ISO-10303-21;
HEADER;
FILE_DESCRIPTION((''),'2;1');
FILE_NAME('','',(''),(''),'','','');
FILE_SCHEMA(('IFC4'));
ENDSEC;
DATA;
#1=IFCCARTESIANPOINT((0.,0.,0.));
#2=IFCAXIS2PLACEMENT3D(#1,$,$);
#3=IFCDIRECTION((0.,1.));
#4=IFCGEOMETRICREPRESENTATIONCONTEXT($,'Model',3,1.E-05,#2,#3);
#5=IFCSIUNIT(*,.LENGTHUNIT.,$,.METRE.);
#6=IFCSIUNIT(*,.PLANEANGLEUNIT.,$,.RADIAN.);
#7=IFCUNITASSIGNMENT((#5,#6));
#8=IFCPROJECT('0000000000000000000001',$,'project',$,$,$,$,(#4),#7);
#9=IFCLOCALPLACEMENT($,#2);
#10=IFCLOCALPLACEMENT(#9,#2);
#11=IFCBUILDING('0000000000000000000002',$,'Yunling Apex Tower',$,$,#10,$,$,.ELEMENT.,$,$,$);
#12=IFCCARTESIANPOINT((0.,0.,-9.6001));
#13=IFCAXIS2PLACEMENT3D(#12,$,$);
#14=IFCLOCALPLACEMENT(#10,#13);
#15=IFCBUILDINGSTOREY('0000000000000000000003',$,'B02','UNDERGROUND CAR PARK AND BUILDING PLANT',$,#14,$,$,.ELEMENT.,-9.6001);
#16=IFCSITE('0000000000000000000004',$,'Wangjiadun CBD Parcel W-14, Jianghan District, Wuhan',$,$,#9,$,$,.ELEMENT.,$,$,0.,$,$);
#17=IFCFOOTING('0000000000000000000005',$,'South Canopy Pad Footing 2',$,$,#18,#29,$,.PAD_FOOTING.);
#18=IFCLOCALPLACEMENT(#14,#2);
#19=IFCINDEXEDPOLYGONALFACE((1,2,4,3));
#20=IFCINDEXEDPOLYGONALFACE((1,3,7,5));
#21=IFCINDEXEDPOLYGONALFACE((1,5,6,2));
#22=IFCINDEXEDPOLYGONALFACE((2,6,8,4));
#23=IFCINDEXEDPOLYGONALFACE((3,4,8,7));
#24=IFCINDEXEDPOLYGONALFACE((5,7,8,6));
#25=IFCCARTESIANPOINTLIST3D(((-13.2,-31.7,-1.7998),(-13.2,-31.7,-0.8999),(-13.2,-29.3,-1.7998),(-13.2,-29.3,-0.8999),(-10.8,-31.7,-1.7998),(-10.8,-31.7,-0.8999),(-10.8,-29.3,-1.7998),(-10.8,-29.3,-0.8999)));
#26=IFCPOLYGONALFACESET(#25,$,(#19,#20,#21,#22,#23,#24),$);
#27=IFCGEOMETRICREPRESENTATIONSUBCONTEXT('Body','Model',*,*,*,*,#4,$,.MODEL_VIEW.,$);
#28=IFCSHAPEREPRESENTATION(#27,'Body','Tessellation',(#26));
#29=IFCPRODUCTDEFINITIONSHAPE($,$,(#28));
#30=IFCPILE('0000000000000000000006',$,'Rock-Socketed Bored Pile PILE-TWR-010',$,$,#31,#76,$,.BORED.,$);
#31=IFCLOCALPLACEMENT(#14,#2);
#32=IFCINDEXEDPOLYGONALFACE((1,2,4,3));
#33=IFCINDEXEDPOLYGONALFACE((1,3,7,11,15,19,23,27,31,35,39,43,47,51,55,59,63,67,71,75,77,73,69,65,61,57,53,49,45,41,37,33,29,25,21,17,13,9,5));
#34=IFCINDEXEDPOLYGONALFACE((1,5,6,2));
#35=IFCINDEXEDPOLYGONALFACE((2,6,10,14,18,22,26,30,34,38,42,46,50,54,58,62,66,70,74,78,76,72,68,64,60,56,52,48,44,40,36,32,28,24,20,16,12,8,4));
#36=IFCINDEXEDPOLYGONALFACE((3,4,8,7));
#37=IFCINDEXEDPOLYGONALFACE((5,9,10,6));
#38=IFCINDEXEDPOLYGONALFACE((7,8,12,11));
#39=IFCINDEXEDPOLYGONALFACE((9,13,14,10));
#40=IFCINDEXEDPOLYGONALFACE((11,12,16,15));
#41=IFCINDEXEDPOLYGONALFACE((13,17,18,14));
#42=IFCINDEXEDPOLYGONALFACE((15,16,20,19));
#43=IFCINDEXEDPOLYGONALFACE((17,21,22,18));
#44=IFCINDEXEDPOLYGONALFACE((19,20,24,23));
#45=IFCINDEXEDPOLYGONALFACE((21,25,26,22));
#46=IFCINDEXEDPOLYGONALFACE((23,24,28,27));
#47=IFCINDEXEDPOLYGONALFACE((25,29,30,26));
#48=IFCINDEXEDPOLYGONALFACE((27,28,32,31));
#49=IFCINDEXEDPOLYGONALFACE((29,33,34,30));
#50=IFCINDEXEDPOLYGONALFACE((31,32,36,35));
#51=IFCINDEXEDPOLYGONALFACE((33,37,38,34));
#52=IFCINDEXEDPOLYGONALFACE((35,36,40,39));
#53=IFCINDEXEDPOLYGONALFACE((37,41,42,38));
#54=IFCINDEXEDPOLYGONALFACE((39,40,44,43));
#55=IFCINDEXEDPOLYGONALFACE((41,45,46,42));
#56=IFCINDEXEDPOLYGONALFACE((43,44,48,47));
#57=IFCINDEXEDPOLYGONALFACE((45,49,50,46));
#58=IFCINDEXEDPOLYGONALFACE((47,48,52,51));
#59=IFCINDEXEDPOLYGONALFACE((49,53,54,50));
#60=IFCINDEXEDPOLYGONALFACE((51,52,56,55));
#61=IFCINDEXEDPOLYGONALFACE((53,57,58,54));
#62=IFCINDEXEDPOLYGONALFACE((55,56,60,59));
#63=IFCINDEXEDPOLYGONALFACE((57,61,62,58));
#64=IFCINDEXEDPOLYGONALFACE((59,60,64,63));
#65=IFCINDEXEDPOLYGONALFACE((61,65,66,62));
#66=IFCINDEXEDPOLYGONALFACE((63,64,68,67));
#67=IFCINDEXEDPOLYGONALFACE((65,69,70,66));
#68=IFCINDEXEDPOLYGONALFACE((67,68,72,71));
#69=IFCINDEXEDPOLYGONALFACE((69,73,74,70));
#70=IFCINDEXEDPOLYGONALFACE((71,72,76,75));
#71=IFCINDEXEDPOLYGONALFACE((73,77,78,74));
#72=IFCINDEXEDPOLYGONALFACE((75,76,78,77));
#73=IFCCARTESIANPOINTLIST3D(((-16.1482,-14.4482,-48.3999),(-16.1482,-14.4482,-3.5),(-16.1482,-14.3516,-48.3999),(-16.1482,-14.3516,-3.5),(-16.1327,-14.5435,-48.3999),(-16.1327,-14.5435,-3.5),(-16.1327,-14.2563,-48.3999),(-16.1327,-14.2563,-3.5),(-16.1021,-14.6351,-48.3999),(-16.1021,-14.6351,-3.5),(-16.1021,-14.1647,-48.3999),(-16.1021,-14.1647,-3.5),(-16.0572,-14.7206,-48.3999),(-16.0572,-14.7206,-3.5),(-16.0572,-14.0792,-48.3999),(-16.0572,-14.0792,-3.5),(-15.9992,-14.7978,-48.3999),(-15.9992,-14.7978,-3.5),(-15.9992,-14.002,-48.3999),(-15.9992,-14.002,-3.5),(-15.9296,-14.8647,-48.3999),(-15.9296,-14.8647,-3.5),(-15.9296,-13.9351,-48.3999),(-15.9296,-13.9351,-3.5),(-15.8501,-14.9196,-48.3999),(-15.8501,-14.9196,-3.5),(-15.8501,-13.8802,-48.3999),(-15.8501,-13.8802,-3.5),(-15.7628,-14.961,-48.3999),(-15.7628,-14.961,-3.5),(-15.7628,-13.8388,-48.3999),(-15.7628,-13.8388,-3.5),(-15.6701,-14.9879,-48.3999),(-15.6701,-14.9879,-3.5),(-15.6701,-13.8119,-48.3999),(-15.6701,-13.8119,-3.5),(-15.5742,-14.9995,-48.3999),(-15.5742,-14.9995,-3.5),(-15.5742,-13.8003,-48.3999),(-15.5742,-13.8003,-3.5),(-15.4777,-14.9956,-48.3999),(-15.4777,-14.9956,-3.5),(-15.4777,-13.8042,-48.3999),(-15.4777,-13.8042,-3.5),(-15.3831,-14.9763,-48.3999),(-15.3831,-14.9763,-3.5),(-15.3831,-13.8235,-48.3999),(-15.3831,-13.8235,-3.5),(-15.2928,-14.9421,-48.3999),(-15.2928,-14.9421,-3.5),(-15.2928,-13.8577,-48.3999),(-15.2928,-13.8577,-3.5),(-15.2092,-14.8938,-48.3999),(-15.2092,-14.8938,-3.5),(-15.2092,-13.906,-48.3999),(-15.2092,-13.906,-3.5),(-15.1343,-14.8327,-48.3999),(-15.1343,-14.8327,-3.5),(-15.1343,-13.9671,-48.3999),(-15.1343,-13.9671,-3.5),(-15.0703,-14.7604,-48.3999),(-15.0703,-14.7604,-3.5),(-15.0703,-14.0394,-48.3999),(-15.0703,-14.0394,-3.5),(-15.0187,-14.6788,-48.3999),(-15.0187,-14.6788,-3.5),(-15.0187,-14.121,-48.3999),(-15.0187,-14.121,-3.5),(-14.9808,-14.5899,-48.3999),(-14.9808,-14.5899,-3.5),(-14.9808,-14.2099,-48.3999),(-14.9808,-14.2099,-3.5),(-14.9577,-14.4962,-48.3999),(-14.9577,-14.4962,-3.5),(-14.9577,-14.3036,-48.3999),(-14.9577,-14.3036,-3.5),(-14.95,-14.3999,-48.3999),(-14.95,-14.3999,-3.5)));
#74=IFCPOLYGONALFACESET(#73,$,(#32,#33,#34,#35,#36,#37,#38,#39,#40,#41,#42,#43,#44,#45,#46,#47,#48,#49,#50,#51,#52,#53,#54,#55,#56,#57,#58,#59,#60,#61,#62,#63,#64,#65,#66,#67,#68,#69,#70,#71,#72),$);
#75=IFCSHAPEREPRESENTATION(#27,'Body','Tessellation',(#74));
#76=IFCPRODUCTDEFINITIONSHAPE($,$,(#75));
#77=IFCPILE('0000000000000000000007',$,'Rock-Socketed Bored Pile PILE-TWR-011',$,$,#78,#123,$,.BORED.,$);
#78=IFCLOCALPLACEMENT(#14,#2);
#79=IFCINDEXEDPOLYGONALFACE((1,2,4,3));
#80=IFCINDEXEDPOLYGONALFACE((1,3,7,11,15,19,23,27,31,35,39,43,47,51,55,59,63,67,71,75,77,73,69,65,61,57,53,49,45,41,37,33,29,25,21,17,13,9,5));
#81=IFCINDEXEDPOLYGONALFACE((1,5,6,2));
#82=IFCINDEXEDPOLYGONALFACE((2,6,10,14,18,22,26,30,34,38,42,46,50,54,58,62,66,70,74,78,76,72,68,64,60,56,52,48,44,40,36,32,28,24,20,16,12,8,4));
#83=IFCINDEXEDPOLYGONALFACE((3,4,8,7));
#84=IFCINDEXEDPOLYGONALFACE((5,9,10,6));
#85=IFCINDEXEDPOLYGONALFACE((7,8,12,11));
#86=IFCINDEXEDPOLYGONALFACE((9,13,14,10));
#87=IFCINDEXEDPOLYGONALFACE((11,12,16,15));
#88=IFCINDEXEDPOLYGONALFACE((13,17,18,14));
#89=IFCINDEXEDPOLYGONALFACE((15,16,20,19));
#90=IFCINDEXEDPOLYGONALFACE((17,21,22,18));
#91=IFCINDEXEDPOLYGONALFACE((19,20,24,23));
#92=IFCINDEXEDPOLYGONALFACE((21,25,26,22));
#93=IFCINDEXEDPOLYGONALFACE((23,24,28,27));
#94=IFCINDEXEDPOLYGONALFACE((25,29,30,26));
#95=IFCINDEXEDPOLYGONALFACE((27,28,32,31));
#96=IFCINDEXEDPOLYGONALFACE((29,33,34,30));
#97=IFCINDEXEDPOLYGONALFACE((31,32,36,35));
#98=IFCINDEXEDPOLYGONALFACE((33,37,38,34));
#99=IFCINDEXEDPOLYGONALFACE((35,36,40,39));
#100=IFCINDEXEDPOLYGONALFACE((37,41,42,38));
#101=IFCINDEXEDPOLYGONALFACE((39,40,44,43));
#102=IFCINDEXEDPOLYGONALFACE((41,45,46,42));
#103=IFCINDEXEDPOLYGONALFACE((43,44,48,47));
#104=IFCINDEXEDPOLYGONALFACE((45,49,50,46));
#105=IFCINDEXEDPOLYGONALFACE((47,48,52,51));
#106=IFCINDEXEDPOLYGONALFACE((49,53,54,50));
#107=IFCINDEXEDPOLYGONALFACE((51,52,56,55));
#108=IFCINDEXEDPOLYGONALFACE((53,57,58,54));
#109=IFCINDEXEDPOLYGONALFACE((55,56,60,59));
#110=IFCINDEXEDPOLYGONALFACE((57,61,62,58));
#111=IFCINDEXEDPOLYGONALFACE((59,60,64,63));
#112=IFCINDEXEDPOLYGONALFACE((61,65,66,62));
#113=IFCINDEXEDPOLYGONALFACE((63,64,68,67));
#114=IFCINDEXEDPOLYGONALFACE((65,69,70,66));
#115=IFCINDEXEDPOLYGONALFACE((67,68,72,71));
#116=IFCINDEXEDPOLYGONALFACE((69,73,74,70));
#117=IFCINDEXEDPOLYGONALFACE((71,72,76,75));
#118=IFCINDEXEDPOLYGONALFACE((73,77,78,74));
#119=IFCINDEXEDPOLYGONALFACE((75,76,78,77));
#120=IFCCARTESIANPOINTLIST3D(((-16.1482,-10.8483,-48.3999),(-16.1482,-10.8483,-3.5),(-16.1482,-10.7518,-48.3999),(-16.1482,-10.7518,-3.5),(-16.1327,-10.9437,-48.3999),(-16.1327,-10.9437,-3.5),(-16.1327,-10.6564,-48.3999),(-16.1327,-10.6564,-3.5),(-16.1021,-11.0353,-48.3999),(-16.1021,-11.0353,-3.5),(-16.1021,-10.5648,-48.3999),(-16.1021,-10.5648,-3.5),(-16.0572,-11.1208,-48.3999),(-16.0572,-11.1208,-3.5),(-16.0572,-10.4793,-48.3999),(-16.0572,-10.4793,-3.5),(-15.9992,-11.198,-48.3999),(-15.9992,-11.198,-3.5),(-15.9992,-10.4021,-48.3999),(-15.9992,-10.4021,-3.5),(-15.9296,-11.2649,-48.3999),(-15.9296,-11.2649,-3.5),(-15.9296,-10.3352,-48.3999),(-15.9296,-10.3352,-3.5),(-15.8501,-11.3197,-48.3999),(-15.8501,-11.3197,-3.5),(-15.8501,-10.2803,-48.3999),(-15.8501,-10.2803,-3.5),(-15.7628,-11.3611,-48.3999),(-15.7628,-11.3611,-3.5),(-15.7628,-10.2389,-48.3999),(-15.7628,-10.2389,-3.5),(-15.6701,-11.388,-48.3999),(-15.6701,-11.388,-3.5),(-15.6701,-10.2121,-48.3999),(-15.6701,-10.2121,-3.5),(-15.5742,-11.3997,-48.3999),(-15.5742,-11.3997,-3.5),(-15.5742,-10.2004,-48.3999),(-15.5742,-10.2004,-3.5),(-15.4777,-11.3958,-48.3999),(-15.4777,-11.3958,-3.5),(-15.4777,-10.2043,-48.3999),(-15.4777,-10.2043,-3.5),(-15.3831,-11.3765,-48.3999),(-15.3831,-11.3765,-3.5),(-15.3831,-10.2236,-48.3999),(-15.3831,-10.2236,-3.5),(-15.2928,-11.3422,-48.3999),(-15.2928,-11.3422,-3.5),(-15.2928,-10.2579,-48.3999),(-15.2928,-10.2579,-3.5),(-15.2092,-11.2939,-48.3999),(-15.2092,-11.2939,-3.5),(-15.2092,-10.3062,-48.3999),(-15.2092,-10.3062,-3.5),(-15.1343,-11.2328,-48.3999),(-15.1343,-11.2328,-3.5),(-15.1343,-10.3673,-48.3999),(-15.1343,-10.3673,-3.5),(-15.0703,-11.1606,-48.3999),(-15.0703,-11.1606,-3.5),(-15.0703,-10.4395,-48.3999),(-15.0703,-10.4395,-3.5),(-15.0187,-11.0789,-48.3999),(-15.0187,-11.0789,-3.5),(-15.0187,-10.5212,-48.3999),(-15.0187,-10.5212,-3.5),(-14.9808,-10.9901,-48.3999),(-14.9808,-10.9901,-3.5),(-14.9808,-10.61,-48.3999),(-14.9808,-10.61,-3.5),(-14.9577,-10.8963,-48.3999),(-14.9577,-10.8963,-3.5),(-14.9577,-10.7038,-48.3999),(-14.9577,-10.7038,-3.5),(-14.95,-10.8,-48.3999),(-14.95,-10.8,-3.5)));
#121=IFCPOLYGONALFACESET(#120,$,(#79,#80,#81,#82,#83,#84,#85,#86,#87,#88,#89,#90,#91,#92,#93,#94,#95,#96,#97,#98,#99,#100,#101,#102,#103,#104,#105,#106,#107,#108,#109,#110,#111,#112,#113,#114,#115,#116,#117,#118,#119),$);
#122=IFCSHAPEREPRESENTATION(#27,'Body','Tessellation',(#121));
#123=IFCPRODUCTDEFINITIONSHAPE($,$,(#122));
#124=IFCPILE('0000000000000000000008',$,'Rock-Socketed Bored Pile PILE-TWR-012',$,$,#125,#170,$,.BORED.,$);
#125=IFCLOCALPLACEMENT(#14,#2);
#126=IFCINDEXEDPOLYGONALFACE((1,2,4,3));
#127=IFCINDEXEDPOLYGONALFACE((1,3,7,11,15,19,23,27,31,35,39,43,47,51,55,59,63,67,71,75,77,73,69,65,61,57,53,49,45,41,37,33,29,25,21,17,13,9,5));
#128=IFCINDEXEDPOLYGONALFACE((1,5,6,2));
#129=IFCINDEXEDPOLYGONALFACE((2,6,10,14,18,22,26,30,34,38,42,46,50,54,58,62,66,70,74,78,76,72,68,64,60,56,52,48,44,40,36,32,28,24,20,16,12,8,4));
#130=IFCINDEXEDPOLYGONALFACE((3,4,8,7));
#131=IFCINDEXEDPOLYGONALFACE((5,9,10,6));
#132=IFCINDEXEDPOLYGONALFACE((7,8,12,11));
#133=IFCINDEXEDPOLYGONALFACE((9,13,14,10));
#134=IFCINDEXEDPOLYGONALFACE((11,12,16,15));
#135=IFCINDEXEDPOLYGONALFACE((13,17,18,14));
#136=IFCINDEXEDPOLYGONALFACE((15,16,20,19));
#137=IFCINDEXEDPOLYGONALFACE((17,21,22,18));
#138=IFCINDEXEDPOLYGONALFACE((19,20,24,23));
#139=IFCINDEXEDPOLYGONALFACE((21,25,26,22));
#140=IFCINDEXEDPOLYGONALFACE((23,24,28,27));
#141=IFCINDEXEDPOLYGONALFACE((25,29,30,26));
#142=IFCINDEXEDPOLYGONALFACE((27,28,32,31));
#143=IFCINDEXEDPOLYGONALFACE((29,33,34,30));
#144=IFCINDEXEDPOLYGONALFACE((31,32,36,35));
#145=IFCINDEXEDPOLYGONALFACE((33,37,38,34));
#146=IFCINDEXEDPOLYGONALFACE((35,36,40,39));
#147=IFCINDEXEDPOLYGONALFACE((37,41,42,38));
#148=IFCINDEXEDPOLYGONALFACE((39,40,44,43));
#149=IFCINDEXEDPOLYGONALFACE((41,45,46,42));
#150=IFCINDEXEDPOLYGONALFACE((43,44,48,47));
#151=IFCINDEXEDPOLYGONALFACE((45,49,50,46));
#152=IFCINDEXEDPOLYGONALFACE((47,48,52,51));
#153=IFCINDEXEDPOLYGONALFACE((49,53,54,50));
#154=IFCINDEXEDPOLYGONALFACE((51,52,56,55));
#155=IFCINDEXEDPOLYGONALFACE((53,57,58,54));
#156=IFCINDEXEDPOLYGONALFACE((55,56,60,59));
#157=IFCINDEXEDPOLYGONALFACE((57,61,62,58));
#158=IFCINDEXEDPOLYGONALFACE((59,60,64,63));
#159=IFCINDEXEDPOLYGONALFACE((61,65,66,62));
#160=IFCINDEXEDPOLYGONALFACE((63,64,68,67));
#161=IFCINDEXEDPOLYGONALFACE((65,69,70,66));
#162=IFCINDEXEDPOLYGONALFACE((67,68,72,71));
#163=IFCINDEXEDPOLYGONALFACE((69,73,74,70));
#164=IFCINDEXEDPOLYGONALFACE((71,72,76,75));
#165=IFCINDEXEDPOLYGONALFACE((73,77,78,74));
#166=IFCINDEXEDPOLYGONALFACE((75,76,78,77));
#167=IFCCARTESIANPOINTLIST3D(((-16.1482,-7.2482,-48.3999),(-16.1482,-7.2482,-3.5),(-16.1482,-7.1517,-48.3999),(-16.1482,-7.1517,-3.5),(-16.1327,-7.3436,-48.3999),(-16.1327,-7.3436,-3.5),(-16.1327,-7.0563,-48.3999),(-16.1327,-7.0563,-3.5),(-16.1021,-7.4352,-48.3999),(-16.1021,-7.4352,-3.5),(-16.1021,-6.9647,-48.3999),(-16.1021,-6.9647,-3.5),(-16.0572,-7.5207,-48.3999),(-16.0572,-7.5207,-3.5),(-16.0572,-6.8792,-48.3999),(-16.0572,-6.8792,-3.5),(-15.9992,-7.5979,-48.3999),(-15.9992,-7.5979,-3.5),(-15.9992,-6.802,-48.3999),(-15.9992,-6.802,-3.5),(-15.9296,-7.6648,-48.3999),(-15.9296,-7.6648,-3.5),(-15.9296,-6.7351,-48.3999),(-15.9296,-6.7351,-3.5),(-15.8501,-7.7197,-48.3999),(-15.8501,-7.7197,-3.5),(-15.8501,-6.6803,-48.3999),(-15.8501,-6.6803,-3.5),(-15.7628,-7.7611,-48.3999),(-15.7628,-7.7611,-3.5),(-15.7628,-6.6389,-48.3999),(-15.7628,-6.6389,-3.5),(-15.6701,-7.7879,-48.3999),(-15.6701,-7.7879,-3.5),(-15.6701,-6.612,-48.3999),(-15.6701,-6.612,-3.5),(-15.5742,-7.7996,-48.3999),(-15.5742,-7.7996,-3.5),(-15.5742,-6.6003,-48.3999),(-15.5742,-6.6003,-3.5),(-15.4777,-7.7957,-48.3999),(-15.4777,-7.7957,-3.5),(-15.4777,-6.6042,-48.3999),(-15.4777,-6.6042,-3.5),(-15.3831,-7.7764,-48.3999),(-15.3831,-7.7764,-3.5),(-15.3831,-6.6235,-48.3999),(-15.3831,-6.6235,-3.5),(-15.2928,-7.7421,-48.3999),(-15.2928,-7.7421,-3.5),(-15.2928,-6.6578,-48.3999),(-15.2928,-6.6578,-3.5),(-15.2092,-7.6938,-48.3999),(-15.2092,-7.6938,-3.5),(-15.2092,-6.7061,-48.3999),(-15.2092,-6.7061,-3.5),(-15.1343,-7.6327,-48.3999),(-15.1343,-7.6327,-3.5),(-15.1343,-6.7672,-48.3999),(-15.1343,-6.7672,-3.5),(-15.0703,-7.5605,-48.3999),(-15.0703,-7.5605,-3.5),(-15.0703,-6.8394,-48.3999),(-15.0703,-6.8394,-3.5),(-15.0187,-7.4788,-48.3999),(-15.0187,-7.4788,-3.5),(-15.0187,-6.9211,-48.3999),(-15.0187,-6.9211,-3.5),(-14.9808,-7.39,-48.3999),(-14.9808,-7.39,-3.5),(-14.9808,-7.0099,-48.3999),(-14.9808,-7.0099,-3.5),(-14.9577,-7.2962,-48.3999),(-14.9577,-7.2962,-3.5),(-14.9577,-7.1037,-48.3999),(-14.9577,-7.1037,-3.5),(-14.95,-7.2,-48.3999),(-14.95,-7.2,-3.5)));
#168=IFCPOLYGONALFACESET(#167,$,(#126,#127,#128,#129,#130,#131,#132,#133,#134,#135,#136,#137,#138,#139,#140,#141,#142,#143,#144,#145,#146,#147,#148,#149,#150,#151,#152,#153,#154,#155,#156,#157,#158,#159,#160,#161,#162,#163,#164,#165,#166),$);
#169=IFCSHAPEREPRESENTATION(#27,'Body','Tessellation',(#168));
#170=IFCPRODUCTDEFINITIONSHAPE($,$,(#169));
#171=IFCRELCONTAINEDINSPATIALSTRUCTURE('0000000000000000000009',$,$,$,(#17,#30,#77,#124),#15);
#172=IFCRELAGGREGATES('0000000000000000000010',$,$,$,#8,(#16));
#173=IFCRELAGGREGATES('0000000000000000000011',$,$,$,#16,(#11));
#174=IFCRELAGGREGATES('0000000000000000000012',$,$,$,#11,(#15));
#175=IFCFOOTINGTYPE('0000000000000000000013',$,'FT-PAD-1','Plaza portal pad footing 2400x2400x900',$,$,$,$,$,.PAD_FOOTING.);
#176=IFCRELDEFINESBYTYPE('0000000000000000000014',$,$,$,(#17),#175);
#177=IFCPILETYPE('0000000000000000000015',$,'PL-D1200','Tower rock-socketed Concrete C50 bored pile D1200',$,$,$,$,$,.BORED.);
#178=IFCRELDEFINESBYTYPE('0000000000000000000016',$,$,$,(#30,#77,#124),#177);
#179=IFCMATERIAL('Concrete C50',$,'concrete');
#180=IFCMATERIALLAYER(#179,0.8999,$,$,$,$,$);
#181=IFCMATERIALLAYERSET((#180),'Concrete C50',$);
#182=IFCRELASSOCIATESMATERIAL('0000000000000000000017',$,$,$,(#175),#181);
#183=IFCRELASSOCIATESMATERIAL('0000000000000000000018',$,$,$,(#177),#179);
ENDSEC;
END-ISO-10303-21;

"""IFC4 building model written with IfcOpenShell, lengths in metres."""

from ifc_helpers import new_model, si_unit, direction, frame, origin, origin_2d, place, context, subcontext, project, spatial, rectangle, circle, extrude, source, transform, mapped, material, layer, layer_set, material_profile, profile_set, type_object, element, save


model = new_model("IFC4")

# Units and contexts
model_context = context("Model", 3, precision=1e-05, world=origin(), true_north=direction((0.0, 1.0)))
body_context = subcontext(model_context, "Body", "Model", "MODEL_VIEW")
ifc_project = project(units=[si_unit("LENGTHUNIT", "METRE"), si_unit("PLANEANGLEUNIT", "RADIAN")], contexts=[model_context])

# Site, building, storey
site_placement = place(None, origin())
site = spatial("IfcSite", under=ifc_project, at=site_placement, Name="Wangjiadun CBD Parcel W-14, Jianghan District, Wuhan", CompositionType="ELEMENT", RefElevation=0.0)
building_placement = place(site_placement, origin())
building = spatial("IfcBuilding", under=site, at=building_placement, Name="Yunling Apex Tower", CompositionType="ELEMENT")
storey_placement = place(building_placement, frame((0.0, 0.0, -9.6001)))
storey = spatial("IfcBuildingStorey", under=building, at=storey_placement, Name="B02", Description="UNDERGROUND CAR PARK AND BUILDING PLANT", CompositionType="ELEMENT", Elevation=-9.6001)

# Footing
ifc_material_1 = material(Name="Concrete C50", Category="concrete")
ifc_layer_1 = layer(ifc_material_1, 0.8999)
ifc_layer_set_1 = layer_set([ifc_layer_1], Name="Concrete C50")
footing_type = type_object("IfcFootingType", Name="FT-PAD-1", Description="Plaza portal pad footing 2400x2400x900", PredefinedType="PAD_FOOTING", material=ifc_layer_set_1)
shared_shape_1 = source(origin(), body_context, "Body", "SweptSolid", [
    extrude(rectangle(XDim=2.3999, YDim=2.3999, at=origin_2d()), origin(), (0.0, 0.0, 1.0), 0.8999),
])
footing_placement = place(storey_placement, frame((-12.0, -30.5, -1.7998), z_axis=(0.0, 0.0, 1.0), x_axis=(1.0, 0.0, 0.0)))
element("IfcFooting", 1, at=footing_placement, inside=storey, type_object=footing_type, Name="South Canopy Pad Footing 2", PredefinedType="PAD_FOOTING", context=body_context, shape_type="MappedRepresentation", body=[
    mapped(shared_shape_1, transform((0.0, 0.0, 0.0), scale=1.0)),
])

# Piles
ifc_material_profile_1 = material_profile(ifc_material_1, circle(Radius=0.6001, at=origin_2d()))
ifc_profile_set_1 = profile_set([ifc_material_profile_1], Name="Concrete C50")
pile_type_1 = type_object("IfcPileType", Name="PL-D1200", Description="Tower rock-socketed Concrete C50 bored pile D1200", PredefinedType="BORED", material=ifc_profile_set_1)
shared_shape_2 = source(origin(), body_context, "Body", "SweptSolid", [
    extrude(circle(Radius=0.6001, at=origin_2d()), origin(), (0.0, 0.0, 1.0), 44.8999),
])
for number, where, z_axis, x_axis, name in (
    (2, (-15.55, -14.3999, -3.5), (0.0, 0.0, -1.0), (1.0, 0.0, 0.0), "Rock-Socketed Bored Pile PILE-TWR-010"),
    (3, (-15.55, -10.8, -3.5), (0.0, 0.0, -1.0), (1.0, 0.0, 0.0), "Rock-Socketed Bored Pile PILE-TWR-011"),
    (4, (-15.55, -7.2, -3.5), (0.0, 0.0, -1.0), (1.0, 0.0, 0.0), "Rock-Socketed Bored Pile PILE-TWR-012"),
):
    element("IfcPile", number, at=place(storey_placement, frame(where, z_axis=z_axis, x_axis=x_axis)), inside=storey, type_object=pile_type_1, Name=name, PredefinedType="BORED", context=body_context, shape_type="MappedRepresentation", body=[
        mapped(shared_shape_2, transform((0.0, 0.0, 0.0), scale=1.0)),
    ])

save(model, "model.ifc")
